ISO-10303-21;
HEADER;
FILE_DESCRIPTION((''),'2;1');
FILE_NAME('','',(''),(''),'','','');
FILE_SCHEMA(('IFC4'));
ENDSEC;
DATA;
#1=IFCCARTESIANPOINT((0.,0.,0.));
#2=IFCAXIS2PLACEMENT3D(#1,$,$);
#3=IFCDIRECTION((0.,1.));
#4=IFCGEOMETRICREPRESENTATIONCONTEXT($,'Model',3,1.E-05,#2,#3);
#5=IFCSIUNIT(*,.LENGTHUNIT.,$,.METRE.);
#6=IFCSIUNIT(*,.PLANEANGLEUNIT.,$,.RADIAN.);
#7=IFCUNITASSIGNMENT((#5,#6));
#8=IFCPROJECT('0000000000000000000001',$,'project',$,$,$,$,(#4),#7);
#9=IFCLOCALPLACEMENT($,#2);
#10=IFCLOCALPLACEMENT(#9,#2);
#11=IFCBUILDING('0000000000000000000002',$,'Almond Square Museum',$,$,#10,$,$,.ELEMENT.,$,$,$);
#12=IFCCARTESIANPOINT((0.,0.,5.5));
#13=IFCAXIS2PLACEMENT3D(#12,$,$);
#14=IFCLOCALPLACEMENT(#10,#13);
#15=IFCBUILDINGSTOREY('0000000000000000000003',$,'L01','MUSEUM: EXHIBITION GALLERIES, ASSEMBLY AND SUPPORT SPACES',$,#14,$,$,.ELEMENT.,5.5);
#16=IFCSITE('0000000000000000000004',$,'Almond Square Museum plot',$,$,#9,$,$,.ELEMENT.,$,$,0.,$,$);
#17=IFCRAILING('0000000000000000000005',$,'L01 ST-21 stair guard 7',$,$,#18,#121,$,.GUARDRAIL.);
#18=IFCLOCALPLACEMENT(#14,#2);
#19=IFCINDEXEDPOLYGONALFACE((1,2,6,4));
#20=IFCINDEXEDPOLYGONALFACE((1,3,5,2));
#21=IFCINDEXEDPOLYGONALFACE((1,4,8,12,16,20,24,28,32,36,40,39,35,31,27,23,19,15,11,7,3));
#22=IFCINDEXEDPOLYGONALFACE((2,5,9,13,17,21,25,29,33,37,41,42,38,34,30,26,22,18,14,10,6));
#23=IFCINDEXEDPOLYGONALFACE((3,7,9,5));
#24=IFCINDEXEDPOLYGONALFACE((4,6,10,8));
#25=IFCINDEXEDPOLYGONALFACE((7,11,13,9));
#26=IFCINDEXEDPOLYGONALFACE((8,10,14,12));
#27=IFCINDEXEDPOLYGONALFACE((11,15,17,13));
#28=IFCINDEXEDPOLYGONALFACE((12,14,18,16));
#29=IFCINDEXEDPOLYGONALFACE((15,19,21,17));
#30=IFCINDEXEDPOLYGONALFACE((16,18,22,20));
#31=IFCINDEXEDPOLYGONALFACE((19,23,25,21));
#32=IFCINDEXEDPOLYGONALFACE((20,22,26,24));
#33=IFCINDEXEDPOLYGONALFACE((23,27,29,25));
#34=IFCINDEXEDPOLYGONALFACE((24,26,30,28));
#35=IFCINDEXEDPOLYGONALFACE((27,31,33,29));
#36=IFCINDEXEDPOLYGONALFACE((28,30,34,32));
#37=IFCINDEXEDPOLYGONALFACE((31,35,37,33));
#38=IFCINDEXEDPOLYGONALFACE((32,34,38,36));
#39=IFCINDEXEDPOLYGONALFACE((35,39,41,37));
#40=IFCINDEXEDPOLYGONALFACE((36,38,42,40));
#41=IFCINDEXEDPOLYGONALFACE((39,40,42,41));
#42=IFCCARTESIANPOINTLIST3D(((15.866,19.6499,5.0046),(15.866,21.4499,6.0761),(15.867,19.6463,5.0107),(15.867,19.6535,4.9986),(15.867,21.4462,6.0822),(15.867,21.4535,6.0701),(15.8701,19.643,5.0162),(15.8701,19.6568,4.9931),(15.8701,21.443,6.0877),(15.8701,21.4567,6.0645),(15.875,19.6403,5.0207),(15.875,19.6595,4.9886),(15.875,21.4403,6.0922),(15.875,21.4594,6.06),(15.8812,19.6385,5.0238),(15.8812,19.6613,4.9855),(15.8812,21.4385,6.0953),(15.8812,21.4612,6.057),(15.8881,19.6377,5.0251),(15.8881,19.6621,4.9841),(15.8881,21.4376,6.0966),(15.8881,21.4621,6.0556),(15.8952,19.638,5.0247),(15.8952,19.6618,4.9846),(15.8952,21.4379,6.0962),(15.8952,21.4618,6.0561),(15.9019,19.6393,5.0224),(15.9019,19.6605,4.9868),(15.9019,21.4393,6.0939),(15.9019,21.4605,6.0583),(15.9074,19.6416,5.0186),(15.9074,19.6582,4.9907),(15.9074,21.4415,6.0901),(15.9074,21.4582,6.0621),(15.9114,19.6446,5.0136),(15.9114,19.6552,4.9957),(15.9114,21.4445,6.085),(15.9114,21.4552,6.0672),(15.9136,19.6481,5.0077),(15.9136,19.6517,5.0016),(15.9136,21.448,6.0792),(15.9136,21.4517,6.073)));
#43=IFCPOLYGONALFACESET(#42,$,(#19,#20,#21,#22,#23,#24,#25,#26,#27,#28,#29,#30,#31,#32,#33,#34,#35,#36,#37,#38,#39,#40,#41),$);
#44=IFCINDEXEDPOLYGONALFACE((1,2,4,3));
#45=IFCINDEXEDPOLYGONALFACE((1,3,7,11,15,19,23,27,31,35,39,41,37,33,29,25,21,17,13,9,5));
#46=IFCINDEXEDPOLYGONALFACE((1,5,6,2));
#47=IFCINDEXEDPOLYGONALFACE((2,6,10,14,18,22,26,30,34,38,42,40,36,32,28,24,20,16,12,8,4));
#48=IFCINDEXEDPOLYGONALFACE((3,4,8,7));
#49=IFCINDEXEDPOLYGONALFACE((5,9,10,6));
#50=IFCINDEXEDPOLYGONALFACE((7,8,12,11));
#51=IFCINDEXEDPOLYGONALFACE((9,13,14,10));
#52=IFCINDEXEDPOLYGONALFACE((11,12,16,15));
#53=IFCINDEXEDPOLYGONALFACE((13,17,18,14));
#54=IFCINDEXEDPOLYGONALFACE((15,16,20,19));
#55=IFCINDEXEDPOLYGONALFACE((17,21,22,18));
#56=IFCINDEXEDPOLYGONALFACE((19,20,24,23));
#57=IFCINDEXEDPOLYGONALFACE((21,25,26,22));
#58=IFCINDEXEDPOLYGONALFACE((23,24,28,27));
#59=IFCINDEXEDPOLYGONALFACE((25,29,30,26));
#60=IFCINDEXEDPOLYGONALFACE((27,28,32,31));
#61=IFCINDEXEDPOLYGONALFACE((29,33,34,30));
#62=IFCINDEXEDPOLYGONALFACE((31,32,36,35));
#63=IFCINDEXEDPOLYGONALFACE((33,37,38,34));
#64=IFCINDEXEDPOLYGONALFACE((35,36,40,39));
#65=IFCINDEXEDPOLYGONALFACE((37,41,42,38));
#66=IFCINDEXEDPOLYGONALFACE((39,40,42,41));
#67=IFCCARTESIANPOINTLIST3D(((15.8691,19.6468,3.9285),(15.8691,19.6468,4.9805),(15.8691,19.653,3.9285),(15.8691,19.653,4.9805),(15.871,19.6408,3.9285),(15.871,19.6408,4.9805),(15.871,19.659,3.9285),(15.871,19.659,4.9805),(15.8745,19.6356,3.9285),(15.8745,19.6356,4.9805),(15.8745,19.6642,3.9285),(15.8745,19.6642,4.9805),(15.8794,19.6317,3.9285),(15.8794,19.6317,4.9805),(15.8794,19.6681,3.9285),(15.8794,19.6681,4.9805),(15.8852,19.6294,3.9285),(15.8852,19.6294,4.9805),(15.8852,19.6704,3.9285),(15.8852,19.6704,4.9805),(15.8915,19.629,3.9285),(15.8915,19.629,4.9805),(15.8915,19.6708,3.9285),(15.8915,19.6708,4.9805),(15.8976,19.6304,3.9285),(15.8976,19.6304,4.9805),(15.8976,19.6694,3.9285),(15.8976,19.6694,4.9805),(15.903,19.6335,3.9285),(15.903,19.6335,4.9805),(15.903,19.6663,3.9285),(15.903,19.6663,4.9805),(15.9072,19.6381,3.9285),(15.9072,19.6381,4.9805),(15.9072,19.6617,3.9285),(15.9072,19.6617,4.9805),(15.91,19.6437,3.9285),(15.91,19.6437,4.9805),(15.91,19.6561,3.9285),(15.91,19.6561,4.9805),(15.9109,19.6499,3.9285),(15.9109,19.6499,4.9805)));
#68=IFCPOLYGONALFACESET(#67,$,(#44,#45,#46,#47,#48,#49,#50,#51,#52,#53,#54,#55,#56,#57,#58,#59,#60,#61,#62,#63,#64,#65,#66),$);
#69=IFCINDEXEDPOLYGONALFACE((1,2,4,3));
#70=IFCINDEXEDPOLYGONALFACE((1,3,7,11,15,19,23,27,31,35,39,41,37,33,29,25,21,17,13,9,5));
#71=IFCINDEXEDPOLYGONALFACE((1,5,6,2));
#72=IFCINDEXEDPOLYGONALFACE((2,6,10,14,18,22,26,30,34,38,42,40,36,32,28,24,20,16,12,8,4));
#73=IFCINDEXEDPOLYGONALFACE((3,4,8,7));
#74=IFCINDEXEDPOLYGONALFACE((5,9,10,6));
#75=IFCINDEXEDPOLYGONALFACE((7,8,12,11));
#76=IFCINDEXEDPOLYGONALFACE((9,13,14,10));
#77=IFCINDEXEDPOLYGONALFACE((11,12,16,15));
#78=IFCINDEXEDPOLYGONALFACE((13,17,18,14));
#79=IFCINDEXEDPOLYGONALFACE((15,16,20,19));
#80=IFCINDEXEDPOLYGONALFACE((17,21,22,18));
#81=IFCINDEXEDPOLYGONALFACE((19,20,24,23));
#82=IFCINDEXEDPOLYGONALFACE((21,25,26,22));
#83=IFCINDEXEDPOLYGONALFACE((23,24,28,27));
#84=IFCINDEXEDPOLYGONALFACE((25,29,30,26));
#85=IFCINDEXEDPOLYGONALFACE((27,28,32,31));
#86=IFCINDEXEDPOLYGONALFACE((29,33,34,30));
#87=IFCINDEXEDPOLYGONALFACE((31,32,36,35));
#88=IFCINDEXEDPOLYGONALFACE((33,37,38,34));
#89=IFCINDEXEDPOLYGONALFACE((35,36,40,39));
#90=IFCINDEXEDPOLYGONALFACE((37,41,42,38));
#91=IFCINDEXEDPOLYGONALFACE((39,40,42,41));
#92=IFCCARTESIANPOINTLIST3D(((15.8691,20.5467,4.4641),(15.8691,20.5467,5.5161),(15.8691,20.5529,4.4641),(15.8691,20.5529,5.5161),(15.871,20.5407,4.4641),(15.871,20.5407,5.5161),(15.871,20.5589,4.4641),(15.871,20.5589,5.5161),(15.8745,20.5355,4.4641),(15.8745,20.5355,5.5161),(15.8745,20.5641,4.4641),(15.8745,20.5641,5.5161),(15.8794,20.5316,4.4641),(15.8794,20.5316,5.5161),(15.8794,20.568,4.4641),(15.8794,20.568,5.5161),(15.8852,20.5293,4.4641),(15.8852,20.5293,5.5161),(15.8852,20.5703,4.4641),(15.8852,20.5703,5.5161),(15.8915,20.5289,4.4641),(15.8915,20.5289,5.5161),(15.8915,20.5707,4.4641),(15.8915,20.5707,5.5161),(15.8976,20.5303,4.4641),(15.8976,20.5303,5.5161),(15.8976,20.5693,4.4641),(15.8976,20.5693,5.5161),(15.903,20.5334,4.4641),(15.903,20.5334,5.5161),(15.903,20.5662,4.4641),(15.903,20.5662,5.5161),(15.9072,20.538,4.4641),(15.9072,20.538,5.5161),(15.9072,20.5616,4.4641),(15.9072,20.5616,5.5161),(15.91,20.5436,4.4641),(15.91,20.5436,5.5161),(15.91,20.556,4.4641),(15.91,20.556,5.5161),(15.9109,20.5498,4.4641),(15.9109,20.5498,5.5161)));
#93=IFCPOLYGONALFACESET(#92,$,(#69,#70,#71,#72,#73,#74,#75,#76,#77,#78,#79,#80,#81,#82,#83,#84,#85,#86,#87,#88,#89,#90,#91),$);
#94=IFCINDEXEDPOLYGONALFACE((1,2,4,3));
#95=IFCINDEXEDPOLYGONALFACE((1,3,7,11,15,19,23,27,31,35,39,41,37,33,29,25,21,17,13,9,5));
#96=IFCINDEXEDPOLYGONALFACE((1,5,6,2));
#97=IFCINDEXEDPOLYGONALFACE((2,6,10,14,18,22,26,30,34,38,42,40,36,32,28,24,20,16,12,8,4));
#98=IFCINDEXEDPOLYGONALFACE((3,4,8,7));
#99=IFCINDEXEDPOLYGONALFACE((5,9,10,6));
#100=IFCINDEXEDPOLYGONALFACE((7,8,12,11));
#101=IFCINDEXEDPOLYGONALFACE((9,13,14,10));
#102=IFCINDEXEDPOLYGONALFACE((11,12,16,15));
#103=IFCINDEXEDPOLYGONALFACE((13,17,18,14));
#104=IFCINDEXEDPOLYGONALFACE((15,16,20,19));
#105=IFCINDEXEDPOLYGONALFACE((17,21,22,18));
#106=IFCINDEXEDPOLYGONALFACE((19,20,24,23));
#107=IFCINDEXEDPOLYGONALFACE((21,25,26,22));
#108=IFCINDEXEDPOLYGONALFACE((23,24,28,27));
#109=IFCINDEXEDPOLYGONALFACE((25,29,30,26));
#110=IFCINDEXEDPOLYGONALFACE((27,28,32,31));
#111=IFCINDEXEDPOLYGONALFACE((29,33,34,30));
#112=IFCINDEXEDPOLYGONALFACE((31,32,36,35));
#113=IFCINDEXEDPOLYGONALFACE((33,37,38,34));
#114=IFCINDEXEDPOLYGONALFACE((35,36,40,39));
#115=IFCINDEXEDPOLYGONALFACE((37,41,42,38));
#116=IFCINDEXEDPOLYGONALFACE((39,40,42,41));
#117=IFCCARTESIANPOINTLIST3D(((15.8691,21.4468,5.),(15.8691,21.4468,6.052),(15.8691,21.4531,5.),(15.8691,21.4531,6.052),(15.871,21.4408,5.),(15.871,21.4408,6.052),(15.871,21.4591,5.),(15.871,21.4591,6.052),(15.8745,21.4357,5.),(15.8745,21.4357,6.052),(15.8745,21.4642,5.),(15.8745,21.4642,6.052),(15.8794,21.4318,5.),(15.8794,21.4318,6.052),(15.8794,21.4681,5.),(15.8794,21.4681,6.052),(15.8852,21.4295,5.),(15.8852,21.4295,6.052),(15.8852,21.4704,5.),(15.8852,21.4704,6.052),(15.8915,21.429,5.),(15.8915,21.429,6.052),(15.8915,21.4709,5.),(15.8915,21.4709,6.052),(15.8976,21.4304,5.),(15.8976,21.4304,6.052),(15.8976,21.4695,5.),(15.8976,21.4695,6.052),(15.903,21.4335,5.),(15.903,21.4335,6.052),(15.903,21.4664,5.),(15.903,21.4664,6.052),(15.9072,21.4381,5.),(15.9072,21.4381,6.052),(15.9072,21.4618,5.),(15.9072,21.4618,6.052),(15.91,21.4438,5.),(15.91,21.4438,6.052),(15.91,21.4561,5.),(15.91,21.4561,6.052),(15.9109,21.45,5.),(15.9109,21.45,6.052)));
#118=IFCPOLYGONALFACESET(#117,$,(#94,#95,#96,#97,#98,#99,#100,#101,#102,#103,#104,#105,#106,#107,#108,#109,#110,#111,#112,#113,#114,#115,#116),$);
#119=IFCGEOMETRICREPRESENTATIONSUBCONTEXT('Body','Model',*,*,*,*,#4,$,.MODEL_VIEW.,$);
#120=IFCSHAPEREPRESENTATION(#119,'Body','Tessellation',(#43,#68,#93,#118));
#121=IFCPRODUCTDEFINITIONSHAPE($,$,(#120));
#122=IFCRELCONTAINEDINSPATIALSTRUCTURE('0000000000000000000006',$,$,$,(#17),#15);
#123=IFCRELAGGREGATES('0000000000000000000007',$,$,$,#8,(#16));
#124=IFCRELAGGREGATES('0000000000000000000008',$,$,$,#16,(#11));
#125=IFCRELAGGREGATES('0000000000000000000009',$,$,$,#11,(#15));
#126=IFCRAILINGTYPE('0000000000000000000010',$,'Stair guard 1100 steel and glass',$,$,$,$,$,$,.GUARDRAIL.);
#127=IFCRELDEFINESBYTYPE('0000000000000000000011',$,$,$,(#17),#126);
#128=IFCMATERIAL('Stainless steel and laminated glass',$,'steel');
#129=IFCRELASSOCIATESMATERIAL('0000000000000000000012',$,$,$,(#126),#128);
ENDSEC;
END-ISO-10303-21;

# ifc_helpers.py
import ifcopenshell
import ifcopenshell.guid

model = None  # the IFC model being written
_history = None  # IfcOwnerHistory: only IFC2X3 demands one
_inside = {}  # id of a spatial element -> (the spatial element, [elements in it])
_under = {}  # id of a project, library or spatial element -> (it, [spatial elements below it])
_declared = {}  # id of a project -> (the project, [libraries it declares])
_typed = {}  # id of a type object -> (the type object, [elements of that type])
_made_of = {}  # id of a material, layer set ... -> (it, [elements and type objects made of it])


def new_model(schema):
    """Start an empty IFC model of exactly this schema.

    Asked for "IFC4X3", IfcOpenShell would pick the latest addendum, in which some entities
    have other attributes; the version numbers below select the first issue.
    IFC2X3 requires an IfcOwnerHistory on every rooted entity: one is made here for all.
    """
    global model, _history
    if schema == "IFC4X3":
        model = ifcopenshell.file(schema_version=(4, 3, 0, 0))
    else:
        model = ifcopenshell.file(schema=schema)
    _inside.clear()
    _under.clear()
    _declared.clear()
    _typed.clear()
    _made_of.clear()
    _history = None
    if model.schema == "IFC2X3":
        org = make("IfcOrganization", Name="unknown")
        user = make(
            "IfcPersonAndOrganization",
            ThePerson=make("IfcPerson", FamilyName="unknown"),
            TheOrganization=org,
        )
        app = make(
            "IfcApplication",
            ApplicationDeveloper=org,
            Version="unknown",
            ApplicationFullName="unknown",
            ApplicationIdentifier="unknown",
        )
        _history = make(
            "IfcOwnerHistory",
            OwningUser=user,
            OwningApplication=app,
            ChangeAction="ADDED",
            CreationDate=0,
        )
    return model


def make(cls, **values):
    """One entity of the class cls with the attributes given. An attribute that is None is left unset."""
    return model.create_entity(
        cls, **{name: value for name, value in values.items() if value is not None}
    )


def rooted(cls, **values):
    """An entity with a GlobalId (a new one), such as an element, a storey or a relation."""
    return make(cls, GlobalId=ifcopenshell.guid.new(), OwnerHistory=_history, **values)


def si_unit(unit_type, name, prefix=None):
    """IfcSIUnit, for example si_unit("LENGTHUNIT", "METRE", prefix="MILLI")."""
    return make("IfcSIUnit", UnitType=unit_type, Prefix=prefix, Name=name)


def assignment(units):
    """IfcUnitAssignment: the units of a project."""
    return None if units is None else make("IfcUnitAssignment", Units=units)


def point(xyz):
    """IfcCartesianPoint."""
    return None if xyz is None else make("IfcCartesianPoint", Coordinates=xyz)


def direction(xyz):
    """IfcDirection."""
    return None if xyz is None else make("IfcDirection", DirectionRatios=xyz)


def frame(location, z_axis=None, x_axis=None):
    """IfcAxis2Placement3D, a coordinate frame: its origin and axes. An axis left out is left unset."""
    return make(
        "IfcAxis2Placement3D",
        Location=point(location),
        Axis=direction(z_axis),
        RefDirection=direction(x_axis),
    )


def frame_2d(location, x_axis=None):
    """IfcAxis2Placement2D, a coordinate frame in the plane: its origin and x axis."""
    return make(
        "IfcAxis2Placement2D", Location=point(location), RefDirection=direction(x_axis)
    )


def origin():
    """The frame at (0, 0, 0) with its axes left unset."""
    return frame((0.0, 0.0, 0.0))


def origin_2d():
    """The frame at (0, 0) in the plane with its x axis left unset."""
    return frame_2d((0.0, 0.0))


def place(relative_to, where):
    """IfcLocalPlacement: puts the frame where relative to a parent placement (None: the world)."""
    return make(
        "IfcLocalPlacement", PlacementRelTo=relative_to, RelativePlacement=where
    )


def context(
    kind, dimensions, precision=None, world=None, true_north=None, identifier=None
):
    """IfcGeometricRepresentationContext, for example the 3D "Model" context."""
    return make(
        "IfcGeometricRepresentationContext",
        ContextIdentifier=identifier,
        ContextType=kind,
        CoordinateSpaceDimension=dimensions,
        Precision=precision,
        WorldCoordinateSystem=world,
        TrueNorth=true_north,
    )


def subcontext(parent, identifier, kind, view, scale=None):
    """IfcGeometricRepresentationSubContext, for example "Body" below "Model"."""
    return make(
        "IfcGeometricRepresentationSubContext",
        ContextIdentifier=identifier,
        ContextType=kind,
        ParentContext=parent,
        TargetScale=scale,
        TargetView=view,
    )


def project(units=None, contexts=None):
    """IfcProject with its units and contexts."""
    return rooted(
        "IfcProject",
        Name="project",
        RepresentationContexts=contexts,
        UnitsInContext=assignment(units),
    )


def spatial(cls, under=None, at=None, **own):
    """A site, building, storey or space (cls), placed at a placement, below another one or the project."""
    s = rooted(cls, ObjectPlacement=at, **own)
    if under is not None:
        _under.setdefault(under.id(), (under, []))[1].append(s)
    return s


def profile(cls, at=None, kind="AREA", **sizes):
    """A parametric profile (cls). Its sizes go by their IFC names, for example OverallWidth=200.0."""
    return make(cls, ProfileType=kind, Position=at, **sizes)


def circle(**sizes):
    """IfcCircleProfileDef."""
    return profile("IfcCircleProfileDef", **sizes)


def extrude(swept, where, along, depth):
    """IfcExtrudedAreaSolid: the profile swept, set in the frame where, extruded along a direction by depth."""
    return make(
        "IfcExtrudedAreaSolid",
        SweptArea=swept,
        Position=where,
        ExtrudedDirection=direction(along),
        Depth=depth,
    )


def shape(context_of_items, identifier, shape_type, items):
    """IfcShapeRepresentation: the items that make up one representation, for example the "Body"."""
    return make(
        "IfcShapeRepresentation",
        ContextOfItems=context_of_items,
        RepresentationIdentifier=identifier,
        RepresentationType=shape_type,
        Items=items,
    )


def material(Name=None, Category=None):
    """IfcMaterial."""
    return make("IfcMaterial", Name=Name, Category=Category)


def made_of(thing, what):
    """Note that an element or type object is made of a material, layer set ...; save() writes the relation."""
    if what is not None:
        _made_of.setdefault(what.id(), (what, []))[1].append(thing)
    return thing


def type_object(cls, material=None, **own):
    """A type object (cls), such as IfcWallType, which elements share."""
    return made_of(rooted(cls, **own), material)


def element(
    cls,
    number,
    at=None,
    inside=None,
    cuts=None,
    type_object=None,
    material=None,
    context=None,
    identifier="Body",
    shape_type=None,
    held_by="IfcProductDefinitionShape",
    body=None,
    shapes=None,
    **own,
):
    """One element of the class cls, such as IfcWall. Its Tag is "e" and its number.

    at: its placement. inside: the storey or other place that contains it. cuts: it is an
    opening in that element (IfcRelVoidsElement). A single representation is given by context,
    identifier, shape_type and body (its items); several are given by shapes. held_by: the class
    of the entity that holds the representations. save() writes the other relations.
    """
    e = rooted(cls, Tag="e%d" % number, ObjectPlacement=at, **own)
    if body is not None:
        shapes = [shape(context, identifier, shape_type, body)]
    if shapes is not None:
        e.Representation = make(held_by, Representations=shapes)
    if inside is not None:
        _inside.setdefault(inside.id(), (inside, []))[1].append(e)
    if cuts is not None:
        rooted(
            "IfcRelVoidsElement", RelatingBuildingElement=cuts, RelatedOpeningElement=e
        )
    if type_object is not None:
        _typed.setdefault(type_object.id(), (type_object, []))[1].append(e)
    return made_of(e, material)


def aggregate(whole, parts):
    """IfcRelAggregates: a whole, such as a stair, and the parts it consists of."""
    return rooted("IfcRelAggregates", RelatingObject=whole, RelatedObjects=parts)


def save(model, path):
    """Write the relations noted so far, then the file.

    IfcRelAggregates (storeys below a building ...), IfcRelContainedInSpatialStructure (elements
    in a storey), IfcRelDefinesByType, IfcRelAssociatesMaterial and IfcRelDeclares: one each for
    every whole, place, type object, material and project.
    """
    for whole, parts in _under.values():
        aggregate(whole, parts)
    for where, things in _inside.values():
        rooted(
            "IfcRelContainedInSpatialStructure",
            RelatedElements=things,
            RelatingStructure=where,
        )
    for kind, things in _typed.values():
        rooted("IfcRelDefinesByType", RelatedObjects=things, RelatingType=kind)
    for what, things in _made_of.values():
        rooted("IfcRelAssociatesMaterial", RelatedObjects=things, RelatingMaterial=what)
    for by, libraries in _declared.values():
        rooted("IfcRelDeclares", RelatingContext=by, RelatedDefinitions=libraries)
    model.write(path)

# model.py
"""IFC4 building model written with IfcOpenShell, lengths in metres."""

from ifc_helpers import new_model, si_unit, direction, frame, origin, origin_2d, place, context, subcontext, project, spatial, circle, extrude, material, type_object, element, save


model = new_model("IFC4")

# Units and contexts
model_context = context("Model", 3, precision=1e-05, world=origin(), true_north=direction((0.0, 1.0)))
body_context = subcontext(model_context, "Body", "Model", "MODEL_VIEW")
ifc_project = project(units=[si_unit("LENGTHUNIT", "METRE"), si_unit("PLANEANGLEUNIT", "RADIAN")], contexts=[model_context])

# Site, building, storey
site_placement = place(None, origin())
site = spatial("IfcSite", under=ifc_project, at=site_placement, Name="Almond Square Museum plot", CompositionType="ELEMENT", RefElevation=0.0)
building_placement = place(site_placement, origin())
building = spatial("IfcBuilding", under=site, at=building_placement, Name="Almond Square Museum", CompositionType="ELEMENT")
storey_placement = place(building_placement, frame((0.0, 0.0, 5.5)))
storey = spatial("IfcBuildingStorey", under=building, at=storey_placement, Name="L01", Description="MUSEUM: EXHIBITION GALLERIES, ASSEMBLY AND SUPPORT SPACES", CompositionType="ELEMENT", Elevation=5.5)

# Railing
ifc_material_1 = material(Name="Stainless steel and laminated glass", Category="steel")
railing_type_1 = type_object("IfcRailingType", Name="Stair guard 1100 steel and glass", PredefinedType="GUARDRAIL", material=ifc_material_1)
railing_1_placement = place(storey_placement, frame((15.8899, 19.6499, 3.9285)))
element("IfcRailing", 1, at=railing_1_placement, inside=storey, type_object=railing_type_1, Name="L01 ST-21 stair guard 7", PredefinedType="GUARDRAIL", context=body_context, shape_type="SweptSolid", body=[
    extrude(circle(Radius=0.0239, at=origin_2d()), frame((0.0, 0.0, 1.0762), z_axis=(0.0, 0.859277, 0.51151), x_axis=(-1.0, 0.0, 0.0)), (0.0, 0.0, 1.0), 2.0947),
    extrude(circle(Radius=0.021, at=origin_2d()), origin(), (0.0, 0.0, 1.0), 1.052),
    extrude(circle(Radius=0.021, at=origin_2d()), frame((0.0, 0.8999, 0.5356)), (0.0, 0.0, 1.0), 1.052),
    extrude(circle(Radius=0.021, at=origin_2d()), frame((0.0, 1.8, 1.0715)), (0.0, 0.0, 1.0), 1.052),
])

save(model, "model.ifc")
